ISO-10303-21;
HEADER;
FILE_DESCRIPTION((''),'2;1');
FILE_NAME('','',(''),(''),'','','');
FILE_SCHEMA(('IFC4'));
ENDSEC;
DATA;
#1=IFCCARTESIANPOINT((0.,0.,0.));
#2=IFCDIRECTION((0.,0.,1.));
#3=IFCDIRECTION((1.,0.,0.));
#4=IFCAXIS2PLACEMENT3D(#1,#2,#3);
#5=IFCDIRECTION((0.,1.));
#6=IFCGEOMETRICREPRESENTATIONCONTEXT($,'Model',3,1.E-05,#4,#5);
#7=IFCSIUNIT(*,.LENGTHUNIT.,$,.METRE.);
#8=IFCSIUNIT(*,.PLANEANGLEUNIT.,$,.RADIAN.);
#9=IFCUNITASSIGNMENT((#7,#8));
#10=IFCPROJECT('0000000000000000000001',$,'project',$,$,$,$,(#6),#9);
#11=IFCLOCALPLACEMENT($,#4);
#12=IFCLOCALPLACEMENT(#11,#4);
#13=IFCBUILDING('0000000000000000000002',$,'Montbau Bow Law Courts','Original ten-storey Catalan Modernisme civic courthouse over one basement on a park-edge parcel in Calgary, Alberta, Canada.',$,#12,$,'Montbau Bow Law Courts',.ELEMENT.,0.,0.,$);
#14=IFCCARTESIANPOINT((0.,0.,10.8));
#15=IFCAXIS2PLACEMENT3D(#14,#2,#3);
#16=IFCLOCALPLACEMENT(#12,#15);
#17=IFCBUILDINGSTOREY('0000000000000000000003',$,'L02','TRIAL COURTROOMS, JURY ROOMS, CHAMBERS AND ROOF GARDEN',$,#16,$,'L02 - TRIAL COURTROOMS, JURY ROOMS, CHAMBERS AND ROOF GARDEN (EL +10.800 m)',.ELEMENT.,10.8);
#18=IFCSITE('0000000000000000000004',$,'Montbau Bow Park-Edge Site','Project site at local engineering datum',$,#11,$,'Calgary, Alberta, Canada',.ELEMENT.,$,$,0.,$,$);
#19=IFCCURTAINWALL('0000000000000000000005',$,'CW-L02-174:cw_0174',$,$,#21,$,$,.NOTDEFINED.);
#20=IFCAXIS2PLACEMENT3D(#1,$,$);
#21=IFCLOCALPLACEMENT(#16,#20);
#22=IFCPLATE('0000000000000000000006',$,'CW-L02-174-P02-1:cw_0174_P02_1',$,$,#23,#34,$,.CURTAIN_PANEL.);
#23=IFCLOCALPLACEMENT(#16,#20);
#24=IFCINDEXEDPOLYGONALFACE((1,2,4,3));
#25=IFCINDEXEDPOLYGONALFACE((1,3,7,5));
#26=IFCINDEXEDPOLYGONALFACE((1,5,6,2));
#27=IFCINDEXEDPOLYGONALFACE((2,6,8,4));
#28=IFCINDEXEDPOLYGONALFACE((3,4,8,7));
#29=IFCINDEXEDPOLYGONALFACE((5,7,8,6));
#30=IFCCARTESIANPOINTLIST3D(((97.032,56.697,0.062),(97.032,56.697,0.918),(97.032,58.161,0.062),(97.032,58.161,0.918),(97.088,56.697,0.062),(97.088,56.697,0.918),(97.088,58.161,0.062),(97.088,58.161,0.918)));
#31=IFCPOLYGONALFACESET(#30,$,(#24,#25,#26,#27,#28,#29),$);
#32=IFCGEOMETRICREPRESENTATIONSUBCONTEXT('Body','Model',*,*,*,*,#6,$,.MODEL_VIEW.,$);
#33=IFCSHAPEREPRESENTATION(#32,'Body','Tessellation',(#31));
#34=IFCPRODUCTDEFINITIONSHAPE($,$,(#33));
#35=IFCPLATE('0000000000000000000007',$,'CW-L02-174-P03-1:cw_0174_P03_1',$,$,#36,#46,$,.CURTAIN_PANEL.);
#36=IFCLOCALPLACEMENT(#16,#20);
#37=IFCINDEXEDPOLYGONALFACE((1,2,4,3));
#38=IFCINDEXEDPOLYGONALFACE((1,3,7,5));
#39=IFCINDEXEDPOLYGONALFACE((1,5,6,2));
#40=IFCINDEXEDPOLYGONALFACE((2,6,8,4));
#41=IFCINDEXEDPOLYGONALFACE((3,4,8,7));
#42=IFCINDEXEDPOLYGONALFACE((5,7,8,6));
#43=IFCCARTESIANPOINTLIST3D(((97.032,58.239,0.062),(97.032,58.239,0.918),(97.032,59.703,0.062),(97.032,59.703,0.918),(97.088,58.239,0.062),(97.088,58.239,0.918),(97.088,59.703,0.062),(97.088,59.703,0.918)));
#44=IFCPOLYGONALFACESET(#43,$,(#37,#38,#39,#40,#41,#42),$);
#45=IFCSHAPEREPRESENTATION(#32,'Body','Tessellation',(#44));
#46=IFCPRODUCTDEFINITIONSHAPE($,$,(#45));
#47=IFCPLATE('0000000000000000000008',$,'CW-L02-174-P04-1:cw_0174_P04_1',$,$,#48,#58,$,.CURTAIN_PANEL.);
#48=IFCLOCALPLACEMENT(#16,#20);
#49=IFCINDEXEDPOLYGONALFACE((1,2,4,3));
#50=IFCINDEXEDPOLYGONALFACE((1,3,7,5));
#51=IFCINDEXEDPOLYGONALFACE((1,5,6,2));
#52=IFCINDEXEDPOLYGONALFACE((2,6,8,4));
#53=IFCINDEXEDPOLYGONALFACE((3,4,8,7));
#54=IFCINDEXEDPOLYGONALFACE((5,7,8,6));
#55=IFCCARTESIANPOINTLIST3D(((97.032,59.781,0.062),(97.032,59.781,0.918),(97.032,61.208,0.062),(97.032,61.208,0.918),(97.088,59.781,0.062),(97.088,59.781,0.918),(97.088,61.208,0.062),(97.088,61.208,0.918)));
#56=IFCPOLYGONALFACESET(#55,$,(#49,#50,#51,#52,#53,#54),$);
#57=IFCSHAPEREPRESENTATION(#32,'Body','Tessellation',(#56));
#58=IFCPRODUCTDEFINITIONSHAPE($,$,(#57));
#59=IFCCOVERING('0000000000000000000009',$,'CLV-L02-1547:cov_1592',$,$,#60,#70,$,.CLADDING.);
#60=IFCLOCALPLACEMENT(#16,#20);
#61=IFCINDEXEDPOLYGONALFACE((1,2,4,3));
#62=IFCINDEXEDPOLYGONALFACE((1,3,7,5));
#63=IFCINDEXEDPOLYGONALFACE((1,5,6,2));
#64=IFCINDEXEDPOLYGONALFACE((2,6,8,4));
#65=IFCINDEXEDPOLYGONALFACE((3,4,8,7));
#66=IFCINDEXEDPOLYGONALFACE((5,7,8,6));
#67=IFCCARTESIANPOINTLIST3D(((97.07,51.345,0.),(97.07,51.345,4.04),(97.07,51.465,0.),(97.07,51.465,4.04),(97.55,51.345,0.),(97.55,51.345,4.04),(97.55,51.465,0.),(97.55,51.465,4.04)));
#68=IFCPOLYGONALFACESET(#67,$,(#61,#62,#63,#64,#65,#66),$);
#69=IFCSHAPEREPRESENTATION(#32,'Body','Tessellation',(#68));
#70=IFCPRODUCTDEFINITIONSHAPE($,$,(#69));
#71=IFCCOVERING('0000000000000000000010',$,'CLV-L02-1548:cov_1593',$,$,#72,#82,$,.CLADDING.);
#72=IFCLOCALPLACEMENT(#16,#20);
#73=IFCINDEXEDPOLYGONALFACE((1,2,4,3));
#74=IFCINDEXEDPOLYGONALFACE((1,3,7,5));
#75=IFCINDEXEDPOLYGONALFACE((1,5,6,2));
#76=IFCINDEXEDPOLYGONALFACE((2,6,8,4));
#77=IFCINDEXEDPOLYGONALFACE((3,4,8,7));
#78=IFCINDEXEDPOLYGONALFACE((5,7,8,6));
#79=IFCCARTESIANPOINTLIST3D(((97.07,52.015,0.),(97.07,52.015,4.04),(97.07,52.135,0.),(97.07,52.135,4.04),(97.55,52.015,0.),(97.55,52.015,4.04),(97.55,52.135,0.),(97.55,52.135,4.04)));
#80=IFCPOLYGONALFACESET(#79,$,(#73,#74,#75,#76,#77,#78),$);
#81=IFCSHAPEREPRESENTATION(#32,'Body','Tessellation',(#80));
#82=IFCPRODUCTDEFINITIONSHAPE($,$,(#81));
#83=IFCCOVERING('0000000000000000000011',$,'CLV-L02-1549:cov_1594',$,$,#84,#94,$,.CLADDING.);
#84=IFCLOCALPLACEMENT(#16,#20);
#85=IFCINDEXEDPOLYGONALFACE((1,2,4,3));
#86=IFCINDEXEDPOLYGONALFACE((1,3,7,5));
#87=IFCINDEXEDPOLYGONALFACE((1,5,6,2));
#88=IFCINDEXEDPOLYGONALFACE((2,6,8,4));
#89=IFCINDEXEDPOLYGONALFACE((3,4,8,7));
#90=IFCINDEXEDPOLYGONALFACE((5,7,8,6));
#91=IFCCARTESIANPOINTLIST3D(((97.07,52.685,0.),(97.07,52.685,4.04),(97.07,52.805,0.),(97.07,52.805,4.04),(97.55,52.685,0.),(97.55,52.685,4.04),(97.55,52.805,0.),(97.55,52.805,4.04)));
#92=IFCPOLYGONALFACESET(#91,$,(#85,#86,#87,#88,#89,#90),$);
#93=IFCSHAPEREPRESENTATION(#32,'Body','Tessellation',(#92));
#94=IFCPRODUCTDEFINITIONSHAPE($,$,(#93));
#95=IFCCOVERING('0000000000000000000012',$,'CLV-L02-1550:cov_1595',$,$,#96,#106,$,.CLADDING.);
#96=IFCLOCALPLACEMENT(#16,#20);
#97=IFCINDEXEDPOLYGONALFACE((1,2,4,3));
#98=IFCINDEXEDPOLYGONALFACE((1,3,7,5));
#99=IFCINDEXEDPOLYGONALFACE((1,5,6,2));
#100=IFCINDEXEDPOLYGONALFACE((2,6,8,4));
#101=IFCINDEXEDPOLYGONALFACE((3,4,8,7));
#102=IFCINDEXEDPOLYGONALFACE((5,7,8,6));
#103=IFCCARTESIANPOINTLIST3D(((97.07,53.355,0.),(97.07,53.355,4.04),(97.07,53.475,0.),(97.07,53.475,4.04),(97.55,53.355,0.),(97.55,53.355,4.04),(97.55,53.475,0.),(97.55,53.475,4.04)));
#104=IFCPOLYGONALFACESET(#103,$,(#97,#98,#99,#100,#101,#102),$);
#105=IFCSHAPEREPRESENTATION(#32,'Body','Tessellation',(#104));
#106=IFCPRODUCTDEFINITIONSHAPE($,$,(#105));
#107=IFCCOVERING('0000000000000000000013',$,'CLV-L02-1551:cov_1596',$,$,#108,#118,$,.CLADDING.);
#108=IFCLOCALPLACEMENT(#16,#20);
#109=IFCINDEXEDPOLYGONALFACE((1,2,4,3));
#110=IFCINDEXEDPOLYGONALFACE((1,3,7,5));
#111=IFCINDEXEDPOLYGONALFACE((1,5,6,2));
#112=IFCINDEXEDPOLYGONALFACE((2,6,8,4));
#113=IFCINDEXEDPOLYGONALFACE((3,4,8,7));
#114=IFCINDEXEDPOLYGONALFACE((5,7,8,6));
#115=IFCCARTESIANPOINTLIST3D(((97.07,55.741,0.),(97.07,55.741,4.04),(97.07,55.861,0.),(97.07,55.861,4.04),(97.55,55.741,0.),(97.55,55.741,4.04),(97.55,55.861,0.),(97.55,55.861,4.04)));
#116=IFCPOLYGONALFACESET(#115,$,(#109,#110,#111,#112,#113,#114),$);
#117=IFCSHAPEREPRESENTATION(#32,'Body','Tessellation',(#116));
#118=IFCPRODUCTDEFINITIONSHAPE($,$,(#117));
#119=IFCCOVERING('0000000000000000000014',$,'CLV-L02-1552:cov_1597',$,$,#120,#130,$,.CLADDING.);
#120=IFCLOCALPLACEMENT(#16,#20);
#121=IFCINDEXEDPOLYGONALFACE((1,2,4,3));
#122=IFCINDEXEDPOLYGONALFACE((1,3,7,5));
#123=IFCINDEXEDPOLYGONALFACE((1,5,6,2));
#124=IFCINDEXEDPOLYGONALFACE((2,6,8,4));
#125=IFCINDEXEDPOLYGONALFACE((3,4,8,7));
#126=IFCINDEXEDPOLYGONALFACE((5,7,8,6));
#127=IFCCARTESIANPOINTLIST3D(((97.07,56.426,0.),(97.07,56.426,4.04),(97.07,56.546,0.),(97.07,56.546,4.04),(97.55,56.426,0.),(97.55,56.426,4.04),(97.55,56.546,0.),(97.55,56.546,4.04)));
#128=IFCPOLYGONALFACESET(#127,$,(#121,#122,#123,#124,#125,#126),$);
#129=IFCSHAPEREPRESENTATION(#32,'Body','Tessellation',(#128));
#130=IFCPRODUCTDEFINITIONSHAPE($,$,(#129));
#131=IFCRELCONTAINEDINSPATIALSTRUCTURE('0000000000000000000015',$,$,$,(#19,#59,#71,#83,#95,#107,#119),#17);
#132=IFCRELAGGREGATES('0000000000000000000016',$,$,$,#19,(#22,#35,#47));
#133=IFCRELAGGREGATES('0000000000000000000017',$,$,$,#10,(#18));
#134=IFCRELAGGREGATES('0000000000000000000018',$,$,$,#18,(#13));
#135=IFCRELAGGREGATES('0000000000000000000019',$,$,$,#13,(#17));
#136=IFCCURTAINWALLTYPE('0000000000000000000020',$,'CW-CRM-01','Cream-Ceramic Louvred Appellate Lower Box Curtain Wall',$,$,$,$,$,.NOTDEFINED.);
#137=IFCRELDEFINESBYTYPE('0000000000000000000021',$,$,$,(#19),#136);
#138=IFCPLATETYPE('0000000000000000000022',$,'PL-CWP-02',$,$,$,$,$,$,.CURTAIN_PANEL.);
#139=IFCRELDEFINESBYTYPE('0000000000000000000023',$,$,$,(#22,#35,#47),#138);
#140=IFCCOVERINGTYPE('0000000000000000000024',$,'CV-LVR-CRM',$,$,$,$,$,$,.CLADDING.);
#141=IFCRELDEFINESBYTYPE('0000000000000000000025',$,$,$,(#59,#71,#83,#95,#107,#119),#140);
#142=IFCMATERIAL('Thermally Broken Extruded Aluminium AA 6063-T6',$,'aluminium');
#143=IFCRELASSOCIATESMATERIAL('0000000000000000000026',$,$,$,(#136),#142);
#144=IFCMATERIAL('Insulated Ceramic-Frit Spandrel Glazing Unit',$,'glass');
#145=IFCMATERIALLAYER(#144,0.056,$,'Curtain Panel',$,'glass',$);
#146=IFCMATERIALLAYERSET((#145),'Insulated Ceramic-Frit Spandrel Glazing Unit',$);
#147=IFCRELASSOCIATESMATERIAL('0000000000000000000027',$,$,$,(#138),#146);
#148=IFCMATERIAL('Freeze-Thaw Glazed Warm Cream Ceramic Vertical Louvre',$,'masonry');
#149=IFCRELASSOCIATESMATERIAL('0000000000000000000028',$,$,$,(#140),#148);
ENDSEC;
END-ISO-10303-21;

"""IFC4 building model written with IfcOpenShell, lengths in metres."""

from ifc_helpers import new_model, si_unit, direction, frame, frame_2d, origin_with_axes, place, context, subcontext, project, spatial, rectangle, extrude, material, layer, layer_set, type_object, element, aggregate, save


model = new_model("IFC4")

# Units and contexts
model_context = context("Model", 3, precision=1e-05, world=origin_with_axes(), true_north=direction((0.0, 1.0)))
body_context = subcontext(model_context, "Body", "Model", "MODEL_VIEW")
ifc_project = project(units=[si_unit("LENGTHUNIT", "METRE"), si_unit("PLANEANGLEUNIT", "RADIAN")], contexts=[model_context])

# Site, building, storey
site_placement = place(None, origin_with_axes())
site = spatial("IfcSite", under=ifc_project, at=site_placement, Name="Montbau Bow Park-Edge Site", Description="Project site at local engineering datum", LongName="Calgary, Alberta, Canada", CompositionType="ELEMENT", RefElevation=0.0)
building_placement = place(site_placement, origin_with_axes())
building = spatial("IfcBuilding", under=site, at=building_placement, Name="Montbau Bow Law Courts", Description="Original ten-storey Catalan Modernisme civic courthouse over one basement on a park-edge parcel in Calgary, Alberta, Canada.", LongName="Montbau Bow Law Courts", CompositionType="ELEMENT", ElevationOfRefHeight=0.0, ElevationOfTerrain=0.0)
storey_placement = place(building_placement, frame((0.0, 0.0, 10.8), z_axis=(0.0, 0.0, 1.0), x_axis=(1.0, 0.0, 0.0)))
storey = spatial("IfcBuildingStorey", under=building, at=storey_placement, Name="L02", Description="TRIAL COURTROOMS, JURY ROOMS, CHAMBERS AND ROOF GARDEN", LongName="L02 - TRIAL COURTROOMS, JURY ROOMS, CHAMBERS AND ROOF GARDEN (EL +10.800 m)", CompositionType="ELEMENT", Elevation=10.8)

# Curtain wall, plates
ifc_material_1 = material(Name="Thermally Broken Extruded Aluminium AA 6063-T6", Category="aluminium")
curtain_wall_type = type_object("IfcCurtainWallType", Name="CW-CRM-01", Description="Cream-Ceramic Louvred Appellate Lower Box Curtain Wall", PredefinedType="NOTDEFINED", material=ifc_material_1)
curtain_wall_placement = place(None, frame((97.06, 55.115, 10.8), z_axis=(0.0, 0.0, 1.0), x_axis=(1.0, 0.0, 0.0)))
curtain_wall = element("IfcCurtainWall", 1, at=curtain_wall_placement, inside=storey, type_object=curtain_wall_type, Name="CW-L02-174:cw_0174", PredefinedType="NOTDEFINED")
ifc_material_2 = material(Name="Insulated Ceramic-Frit Spandrel Glazing Unit", Category="glass")
ifc_layer_1 = layer(ifc_material_2, 0.056, Name="Curtain Panel", Category="glass")
ifc_layer_set_1 = layer_set([ifc_layer_1], Name="Insulated Ceramic-Frit Spandrel Glazing Unit")
plate_type_1 = type_object("IfcPlateType", Name="PL-CWP-02", PredefinedType="CURTAIN_PANEL", material=ifc_layer_set_1)
plate_1_placement = place(None, frame((97.06, 56.697, 10.862), z_axis=(1.0, 0.0, 0.0), x_axis=(0.0, 1.0, 0.0)))
plate_1 = element("IfcPlate", 2, at=plate_1_placement, type_object=plate_type_1, Name="CW-L02-174-P02-1:cw_0174_P02_1", PredefinedType="CURTAIN_PANEL", context=body_context, shape_type="SweptSolid", body=[
    extrude(rectangle(XDim=1.464, YDim=0.856, at=frame_2d((0.732, 0.428), x_axis=(1.0, 0.0))), frame((0.0, 0.0, -0.028), z_axis=(0.0, 0.0, 1.0), x_axis=(1.0, 0.0, 0.0)), (0.0, 0.0, 1.0), 0.056),
])
plate_2_placement = place(None, frame((97.06, 58.239, 10.862), z_axis=(1.0, 0.0, 0.0), x_axis=(0.0, 1.0, 0.0)))
plate_2 = element("IfcPlate", 3, at=plate_2_placement, type_object=plate_type_1, Name="CW-L02-174-P03-1:cw_0174_P03_1", PredefinedType="CURTAIN_PANEL", context=body_context, shape_type="SweptSolid", body=[
    extrude(rectangle(XDim=1.464, YDim=0.856, at=frame_2d((0.732, 0.428), x_axis=(1.0, 0.0))), frame((0.0, 0.0, -0.028), z_axis=(0.0, 0.0, 1.0), x_axis=(1.0, 0.0, 0.0)), (0.0, 0.0, 1.0), 0.056),
])
plate_3_placement = place(None, frame((97.06, 59.781, 10.862), z_axis=(1.0, 0.0, 0.0), x_axis=(0.0, 1.0, 0.0)))
plate_3 = element("IfcPlate", 4, at=plate_3_placement, type_object=plate_type_1, Name="CW-L02-174-P04-1:cw_0174_P04_1", PredefinedType="CURTAIN_PANEL", context=body_context, shape_type="SweptSolid", body=[
    extrude(rectangle(XDim=1.427, YDim=0.856, at=frame_2d((0.7135, 0.428), x_axis=(1.0, 0.0))), frame((0.0, 0.0, -0.028), z_axis=(0.0, 0.0, 1.0), x_axis=(1.0, 0.0, 0.0)), (0.0, 0.0, 1.0), 0.056),
])
aggregate(curtain_wall, [plate_1, plate_2, plate_3])

# Coverings
ifc_material_3 = material(Name="Freeze-Thaw Glazed Warm Cream Ceramic Vertical Louvre", Category="masonry")
covering_type = type_object("IfcCoveringType", Name="CV-LVR-CRM", PredefinedType="CLADDING", material=ifc_material_3)
for number, where, z_axis, x_axis, name in (
    (5, (97.07, 51.405, 10.8), (0.0, -1.0, 0.0), (1.0, 0.0, 0.0), "CLV-L02-1547:cov_1592"),
    (6, (97.07, 52.075, 10.8), (0.0, -1.0, 0.0), (1.0, 0.0, 0.0), "CLV-L02-1548:cov_1593"),
    (7, (97.07, 52.745, 10.8), (0.0, -1.0, 0.0), (1.0, 0.0, 0.0), "CLV-L02-1549:cov_1594"),
    (8, (97.07, 53.415, 10.8), (0.0, -1.0, 0.0), (1.0, 0.0, 0.0), "CLV-L02-1550:cov_1595"),
    (9, (97.07, 55.801, 10.8), (0.0, -1.0, 0.0), (1.0, 0.0, 0.0), "CLV-L02-1551:cov_1596"),
    (10, (97.07, 56.486, 10.8), (0.0, -1.0, 0.0), (1.0, 0.0, 0.0), "CLV-L02-1552:cov_1597"),
):
    element("IfcCovering", number, at=place(None, frame(where, z_axis=z_axis, x_axis=x_axis)), inside=storey, type_object=covering_type, Name=name, PredefinedType="CLADDING", context=body_context, shape_type="SweptSolid", body=[
        extrude(rectangle(XDim=0.48, YDim=4.04, at=frame_2d((0.24, 2.02), x_axis=(1.0, 0.0))), frame((0.0, 0.0, -0.06), z_axis=(0.0, 0.0, 1.0), x_axis=(1.0, 0.0, 0.0)), (0.0, 0.0, 1.0), 0.12),
    ])

save(model, "model.ifc")
